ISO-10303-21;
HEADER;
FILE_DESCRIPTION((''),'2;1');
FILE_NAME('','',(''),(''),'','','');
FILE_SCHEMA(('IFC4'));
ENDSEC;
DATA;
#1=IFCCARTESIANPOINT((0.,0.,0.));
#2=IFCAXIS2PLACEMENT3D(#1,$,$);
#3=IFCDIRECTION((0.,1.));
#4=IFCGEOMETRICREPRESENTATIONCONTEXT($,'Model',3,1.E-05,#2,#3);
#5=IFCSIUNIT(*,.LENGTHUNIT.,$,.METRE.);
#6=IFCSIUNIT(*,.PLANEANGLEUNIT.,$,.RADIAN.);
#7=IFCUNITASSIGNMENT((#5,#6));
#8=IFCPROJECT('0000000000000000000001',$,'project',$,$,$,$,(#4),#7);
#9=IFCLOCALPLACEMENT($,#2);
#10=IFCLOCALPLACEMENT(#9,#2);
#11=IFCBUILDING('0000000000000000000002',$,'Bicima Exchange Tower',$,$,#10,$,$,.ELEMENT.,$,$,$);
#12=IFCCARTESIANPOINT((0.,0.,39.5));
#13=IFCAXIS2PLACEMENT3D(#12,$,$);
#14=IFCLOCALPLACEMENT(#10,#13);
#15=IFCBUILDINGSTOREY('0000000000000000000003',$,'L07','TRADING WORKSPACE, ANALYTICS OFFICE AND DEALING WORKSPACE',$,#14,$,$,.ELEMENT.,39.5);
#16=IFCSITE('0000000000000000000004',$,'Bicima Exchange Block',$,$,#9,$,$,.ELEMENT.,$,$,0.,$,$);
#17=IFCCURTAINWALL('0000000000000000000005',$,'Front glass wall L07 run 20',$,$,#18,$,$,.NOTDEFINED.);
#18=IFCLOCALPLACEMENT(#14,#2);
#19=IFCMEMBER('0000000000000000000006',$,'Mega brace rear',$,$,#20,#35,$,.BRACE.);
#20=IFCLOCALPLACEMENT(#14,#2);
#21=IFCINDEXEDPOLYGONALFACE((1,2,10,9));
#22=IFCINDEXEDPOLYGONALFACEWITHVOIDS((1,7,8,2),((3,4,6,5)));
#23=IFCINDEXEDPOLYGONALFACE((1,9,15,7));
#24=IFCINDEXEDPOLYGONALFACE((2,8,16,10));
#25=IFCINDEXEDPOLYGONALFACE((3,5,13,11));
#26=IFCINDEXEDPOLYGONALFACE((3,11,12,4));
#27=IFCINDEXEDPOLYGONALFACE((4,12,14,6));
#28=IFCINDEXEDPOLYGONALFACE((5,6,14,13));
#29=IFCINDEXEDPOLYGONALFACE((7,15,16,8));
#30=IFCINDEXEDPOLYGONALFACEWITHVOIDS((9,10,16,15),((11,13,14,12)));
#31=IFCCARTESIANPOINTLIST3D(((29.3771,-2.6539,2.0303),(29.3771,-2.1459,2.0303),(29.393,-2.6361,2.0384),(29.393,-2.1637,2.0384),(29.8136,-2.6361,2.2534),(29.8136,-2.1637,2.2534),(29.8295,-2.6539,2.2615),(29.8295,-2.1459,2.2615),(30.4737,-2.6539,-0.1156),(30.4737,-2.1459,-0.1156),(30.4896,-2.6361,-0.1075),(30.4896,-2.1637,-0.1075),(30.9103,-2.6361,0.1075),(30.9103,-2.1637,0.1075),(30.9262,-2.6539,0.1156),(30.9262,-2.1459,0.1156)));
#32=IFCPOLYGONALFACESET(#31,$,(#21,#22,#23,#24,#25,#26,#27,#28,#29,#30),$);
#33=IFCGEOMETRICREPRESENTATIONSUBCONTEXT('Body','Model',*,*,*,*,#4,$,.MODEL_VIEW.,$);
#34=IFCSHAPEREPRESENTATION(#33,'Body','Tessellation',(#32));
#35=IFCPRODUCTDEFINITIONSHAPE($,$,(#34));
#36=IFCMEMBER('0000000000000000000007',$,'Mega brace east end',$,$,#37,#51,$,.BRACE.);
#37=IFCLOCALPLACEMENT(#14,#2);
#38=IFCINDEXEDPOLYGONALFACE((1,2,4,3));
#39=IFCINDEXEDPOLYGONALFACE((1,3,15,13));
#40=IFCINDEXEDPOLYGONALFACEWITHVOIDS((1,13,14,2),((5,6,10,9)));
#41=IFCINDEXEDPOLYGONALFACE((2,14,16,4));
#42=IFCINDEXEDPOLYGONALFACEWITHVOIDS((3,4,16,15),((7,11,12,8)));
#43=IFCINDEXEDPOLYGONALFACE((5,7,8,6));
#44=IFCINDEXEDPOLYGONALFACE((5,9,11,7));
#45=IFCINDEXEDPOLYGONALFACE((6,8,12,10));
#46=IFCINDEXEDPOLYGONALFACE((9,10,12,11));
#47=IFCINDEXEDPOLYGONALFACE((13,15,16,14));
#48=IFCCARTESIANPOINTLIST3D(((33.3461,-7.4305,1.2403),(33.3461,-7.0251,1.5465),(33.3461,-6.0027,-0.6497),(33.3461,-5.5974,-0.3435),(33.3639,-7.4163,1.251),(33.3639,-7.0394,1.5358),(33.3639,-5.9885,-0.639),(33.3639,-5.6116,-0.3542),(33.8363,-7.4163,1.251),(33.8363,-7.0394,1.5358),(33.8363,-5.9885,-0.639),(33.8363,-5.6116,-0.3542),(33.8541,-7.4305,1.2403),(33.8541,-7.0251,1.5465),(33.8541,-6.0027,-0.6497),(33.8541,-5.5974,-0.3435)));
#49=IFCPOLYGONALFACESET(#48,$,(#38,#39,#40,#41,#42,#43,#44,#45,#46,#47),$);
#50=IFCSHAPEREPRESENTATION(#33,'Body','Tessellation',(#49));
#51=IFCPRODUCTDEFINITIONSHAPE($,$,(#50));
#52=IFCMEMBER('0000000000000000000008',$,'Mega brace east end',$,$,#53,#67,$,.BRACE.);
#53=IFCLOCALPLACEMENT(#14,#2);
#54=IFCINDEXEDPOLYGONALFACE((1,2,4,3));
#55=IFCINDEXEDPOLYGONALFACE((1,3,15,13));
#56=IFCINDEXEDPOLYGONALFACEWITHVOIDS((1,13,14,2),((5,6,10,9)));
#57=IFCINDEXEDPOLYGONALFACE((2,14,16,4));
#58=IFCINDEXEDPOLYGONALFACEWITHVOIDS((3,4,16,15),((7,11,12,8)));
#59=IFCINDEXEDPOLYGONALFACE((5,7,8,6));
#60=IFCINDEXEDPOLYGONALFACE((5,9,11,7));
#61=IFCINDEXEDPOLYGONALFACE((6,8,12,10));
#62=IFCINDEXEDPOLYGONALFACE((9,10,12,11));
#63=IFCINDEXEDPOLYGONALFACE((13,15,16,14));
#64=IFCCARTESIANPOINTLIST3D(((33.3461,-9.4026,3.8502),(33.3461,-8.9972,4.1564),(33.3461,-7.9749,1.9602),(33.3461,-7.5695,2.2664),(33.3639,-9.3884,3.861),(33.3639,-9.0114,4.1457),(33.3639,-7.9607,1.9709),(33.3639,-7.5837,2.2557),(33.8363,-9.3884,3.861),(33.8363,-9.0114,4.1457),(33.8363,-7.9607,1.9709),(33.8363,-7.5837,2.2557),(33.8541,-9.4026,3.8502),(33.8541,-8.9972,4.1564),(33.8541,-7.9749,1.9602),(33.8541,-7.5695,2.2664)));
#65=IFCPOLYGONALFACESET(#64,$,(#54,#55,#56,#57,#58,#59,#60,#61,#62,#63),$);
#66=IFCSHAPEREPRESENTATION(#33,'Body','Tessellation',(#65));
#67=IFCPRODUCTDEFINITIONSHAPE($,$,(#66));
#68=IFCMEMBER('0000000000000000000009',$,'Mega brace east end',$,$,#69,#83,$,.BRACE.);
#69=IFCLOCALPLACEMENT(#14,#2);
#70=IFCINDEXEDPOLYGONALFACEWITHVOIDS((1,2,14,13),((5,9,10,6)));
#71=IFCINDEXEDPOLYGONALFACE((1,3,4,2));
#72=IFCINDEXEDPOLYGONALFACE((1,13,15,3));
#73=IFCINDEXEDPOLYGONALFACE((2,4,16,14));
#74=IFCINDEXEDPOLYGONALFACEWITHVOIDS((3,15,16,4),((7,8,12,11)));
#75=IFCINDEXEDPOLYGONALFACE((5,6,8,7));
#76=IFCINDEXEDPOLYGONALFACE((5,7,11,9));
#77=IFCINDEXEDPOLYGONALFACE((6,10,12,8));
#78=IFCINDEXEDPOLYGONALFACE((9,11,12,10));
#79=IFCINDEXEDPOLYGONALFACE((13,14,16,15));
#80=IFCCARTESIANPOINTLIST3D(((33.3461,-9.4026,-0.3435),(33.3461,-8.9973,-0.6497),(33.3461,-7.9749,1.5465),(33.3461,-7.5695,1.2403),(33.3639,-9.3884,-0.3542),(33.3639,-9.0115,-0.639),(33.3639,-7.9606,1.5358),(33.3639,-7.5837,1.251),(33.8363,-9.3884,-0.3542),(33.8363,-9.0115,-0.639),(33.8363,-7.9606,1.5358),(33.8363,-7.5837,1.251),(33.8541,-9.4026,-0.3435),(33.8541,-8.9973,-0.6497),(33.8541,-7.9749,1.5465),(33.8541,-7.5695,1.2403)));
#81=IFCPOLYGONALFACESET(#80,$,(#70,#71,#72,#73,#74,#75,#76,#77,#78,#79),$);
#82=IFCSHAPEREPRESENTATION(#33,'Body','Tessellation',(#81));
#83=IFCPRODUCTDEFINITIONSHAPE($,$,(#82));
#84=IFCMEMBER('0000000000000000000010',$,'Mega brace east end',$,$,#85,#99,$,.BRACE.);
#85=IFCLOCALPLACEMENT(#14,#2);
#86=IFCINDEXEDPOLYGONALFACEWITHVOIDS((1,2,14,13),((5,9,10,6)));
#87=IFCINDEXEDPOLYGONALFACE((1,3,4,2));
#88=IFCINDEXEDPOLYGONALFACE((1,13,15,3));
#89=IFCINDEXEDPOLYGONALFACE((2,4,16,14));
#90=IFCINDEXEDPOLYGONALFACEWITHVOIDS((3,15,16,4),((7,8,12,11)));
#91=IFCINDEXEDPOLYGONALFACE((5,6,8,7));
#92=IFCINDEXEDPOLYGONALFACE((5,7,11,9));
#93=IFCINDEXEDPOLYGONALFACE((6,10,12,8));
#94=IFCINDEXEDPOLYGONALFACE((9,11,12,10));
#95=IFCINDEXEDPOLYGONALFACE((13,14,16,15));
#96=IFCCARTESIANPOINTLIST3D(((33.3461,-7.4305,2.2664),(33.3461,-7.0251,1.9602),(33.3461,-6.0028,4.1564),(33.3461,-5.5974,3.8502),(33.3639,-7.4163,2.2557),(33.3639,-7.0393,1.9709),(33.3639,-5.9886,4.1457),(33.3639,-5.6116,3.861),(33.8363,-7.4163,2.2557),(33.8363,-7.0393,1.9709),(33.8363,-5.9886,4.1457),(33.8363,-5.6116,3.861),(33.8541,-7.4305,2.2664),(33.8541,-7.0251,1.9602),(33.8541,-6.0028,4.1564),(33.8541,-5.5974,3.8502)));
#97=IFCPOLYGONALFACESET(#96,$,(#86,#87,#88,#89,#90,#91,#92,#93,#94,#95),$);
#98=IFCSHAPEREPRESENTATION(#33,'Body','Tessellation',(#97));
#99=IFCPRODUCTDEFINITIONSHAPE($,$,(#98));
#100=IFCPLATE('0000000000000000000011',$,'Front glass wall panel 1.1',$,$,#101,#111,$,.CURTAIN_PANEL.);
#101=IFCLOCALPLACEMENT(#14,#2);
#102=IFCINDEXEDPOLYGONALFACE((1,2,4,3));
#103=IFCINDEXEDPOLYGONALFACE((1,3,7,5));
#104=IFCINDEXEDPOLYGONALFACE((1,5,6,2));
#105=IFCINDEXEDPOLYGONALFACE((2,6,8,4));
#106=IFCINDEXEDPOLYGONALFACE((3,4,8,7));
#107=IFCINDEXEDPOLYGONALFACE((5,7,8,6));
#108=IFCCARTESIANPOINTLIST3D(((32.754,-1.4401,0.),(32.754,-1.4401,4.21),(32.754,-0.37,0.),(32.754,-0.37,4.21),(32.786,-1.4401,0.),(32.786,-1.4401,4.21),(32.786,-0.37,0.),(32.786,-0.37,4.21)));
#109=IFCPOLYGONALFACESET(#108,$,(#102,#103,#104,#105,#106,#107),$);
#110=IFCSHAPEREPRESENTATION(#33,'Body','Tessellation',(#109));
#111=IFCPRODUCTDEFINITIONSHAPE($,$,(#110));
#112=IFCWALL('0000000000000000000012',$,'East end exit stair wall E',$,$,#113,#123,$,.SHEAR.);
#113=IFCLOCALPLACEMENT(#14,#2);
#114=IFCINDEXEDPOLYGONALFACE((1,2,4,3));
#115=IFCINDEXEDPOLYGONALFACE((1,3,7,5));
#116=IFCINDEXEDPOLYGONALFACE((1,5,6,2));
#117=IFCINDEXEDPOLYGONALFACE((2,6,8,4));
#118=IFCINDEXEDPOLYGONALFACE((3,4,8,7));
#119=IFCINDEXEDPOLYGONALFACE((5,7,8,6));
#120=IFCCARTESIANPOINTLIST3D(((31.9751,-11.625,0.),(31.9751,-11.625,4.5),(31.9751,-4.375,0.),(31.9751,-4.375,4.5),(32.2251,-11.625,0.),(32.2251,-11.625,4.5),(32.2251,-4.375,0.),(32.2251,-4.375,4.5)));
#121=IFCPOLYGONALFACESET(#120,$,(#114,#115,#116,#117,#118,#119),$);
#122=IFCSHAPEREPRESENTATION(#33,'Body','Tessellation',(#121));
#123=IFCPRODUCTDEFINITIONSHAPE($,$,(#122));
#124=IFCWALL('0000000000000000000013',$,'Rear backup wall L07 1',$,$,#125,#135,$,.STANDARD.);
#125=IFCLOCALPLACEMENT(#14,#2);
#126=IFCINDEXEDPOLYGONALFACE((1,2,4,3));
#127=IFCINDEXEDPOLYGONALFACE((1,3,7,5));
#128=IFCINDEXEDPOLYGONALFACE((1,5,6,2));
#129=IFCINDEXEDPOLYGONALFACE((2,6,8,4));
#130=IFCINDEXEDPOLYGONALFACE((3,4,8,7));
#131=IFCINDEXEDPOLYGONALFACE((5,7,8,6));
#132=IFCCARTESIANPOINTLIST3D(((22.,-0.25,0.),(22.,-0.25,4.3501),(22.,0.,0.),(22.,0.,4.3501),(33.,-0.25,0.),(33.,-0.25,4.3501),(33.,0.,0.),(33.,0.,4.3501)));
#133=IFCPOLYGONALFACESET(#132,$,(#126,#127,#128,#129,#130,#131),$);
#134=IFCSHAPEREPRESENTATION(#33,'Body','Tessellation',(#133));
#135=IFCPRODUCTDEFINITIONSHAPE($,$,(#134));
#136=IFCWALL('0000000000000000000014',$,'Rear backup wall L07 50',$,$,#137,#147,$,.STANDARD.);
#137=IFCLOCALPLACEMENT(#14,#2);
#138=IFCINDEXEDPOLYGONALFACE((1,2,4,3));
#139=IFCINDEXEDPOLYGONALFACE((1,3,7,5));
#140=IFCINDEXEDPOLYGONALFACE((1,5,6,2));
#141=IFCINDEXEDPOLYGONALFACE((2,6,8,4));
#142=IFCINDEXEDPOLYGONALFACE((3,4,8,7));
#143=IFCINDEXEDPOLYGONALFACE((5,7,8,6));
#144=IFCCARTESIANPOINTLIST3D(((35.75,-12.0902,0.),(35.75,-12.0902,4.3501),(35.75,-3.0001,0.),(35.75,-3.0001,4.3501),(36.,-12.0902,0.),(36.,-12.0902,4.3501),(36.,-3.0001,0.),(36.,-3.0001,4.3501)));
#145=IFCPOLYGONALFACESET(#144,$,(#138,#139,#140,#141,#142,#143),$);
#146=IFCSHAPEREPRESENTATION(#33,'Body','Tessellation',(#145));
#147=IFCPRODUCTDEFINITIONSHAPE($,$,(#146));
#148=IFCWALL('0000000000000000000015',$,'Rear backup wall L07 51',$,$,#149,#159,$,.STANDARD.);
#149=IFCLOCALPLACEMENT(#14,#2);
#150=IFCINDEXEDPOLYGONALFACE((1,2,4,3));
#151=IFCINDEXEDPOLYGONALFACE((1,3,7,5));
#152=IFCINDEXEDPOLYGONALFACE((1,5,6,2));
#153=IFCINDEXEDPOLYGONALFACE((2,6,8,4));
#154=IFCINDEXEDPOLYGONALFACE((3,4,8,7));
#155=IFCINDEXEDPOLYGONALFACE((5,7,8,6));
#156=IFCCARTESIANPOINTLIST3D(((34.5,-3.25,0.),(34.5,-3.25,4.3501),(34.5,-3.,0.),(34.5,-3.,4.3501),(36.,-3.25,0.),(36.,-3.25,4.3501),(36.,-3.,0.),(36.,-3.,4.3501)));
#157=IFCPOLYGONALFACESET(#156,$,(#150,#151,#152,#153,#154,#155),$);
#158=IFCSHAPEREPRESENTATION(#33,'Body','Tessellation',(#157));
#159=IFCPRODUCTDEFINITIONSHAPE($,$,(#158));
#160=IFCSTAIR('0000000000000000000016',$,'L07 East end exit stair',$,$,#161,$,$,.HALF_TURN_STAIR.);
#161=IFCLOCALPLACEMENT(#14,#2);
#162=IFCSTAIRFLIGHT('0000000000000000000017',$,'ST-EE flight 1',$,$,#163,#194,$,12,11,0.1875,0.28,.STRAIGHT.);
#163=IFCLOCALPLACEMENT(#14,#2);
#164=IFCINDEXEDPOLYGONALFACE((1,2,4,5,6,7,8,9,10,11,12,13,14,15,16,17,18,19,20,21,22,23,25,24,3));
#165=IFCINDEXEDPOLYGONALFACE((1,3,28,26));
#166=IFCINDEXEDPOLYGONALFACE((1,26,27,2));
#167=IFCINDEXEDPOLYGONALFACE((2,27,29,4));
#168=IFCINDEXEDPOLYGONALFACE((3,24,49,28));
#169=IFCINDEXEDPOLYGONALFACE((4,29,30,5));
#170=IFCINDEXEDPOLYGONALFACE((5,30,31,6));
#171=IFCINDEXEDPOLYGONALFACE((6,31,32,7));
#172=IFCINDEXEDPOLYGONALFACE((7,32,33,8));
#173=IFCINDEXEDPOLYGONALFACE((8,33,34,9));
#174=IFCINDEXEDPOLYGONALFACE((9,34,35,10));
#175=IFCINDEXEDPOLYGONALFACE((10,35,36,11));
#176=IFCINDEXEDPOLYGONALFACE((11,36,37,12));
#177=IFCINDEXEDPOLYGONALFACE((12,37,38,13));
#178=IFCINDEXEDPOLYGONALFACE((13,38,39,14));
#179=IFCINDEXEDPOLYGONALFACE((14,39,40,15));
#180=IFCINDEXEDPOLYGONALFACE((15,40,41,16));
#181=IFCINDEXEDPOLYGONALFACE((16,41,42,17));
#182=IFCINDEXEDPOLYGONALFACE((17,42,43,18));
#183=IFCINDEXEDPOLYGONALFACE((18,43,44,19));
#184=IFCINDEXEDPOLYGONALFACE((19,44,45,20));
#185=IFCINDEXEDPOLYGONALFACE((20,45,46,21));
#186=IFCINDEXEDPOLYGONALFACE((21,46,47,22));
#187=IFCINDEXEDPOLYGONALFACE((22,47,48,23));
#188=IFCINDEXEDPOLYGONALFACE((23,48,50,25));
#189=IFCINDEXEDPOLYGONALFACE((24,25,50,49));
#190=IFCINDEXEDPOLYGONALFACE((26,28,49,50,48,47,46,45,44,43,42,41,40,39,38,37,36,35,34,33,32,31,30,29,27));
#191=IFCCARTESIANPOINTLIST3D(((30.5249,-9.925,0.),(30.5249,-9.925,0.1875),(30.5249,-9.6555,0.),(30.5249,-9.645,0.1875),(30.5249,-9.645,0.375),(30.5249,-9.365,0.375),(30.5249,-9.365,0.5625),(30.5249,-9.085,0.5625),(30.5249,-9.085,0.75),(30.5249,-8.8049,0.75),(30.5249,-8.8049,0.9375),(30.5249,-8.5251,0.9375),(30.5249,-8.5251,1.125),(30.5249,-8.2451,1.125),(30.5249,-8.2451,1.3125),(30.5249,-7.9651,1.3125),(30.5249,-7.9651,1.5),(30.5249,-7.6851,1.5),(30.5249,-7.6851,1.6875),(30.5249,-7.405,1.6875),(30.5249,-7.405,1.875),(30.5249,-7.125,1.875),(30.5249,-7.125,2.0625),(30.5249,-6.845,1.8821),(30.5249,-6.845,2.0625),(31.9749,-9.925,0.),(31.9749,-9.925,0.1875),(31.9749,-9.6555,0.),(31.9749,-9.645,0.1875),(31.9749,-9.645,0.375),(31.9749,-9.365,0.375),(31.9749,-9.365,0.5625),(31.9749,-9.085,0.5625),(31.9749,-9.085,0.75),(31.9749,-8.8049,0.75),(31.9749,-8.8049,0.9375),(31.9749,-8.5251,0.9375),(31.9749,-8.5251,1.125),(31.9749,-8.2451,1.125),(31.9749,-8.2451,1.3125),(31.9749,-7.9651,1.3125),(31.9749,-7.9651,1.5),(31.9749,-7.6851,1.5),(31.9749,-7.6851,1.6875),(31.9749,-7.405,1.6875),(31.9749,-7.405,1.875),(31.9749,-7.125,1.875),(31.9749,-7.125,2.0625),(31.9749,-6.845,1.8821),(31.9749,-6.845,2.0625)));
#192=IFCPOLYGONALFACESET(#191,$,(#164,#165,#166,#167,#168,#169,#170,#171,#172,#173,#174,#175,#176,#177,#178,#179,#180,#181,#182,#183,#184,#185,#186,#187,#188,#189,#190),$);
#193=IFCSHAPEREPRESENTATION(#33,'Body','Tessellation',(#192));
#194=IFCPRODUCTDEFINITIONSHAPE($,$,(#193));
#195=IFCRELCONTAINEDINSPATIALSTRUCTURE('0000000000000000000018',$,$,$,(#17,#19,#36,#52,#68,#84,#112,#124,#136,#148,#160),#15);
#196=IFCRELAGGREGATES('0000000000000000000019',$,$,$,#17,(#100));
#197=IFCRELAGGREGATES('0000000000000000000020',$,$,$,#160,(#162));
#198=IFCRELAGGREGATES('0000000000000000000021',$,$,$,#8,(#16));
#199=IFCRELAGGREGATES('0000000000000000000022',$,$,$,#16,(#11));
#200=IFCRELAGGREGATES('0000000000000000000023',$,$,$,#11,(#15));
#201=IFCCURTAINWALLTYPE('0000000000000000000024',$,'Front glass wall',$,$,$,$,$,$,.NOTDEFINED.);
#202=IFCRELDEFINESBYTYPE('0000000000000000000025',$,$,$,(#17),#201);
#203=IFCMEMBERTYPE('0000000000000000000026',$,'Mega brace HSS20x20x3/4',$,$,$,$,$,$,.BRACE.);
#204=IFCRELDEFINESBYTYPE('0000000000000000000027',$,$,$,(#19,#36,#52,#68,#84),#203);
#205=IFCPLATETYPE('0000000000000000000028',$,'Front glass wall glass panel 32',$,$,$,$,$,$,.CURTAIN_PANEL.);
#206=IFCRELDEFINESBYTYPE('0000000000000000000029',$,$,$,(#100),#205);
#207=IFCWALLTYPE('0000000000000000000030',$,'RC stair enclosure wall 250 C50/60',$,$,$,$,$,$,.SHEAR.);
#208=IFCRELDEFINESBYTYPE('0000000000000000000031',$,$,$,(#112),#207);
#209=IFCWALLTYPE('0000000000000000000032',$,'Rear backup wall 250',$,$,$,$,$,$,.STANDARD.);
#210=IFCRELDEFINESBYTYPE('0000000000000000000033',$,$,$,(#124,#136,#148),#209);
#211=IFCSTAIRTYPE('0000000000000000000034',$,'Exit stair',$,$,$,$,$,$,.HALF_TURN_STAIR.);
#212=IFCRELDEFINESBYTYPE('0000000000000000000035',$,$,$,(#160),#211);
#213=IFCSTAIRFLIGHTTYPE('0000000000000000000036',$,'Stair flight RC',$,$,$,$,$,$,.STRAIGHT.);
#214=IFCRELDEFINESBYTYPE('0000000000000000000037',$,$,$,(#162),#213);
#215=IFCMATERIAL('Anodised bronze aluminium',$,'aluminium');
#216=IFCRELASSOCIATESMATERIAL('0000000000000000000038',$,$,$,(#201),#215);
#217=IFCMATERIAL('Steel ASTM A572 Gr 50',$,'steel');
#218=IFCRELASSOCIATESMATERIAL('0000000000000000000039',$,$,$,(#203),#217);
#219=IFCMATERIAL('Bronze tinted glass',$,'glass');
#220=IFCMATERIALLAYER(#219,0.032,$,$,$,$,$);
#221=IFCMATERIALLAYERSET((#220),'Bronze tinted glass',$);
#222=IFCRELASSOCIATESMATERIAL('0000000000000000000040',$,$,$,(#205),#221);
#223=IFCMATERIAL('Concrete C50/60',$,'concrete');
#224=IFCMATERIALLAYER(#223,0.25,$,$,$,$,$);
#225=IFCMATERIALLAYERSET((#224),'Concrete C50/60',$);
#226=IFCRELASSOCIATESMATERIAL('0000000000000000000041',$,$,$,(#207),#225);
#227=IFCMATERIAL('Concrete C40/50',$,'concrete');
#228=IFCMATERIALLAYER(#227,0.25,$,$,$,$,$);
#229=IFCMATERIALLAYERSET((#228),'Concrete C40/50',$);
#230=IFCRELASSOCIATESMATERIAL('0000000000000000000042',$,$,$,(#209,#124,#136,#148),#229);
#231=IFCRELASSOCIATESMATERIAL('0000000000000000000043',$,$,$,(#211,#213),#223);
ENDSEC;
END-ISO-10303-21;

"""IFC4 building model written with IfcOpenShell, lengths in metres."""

from ifc_helpers import new_model, si_unit, direction, frame, frame_2d, origin, origin_2d, place, context, subcontext, project, spatial, polyline, rectangle, hollow_rectangle, outline, extrude, material, layer, layer_set, layer_usage, material_profile, profile_set, type_object, element, aggregate, save


model = new_model("IFC4")

# Units and contexts
model_context = context("Model", 3, precision=1e-05, world=origin(), true_north=direction((0.0, 1.0)))
body_context = subcontext(model_context, "Body", "Model", "MODEL_VIEW")
ifc_project = project(units=[si_unit("LENGTHUNIT", "METRE"), si_unit("PLANEANGLEUNIT", "RADIAN")], contexts=[model_context])

# Site, building, storey
site_placement = place(None, origin())
site = spatial("IfcSite", under=ifc_project, at=site_placement, Name="Bicima Exchange Block", CompositionType="ELEMENT", RefElevation=0.0)
building_placement = place(site_placement, origin())
building = spatial("IfcBuilding", under=site, at=building_placement, Name="Bicima Exchange Tower", CompositionType="ELEMENT")
storey_placement = place(building_placement, frame((0.0, 0.0, 39.5)))
storey = spatial("IfcBuildingStorey", under=building, at=storey_placement, Name="L07", Description="TRADING WORKSPACE, ANALYTICS OFFICE AND DEALING WORKSPACE", CompositionType="ELEMENT", Elevation=39.5)

# Shared definitions
ifc_material_1 = material(Name="Steel ASTM A572 Gr 50", Category="steel")

# Shared definitions
ifc_material_2 = material(Name="Anodised bronze aluminium", Category="aluminium")

# Curtain wall
curtain_wall_type_1 = type_object("IfcCurtainWallType", Name="Front glass wall", PredefinedType="NOTDEFINED", material=ifc_material_2)
curtain_wall_1_placement = place(storey_placement, origin())
curtain_wall_1 = element("IfcCurtainWall", 1, at=curtain_wall_1_placement, inside=storey, type_object=curtain_wall_type_1, Name="Front glass wall L07 run 20", PredefinedType="NOTDEFINED")

# Members
ifc_material_profile_1 = material_profile(ifc_material_1, hollow_rectangle(XDim=0.5081, YDim=0.5081, WallThickness=0.0178, at=origin_2d()))
ifc_profile_set_1 = profile_set([ifc_material_profile_1], Name="Steel ASTM A572 Gr 50")
member_type_1 = type_object("IfcMemberType", Name="Mega brace HSS20x20x3/4", PredefinedType="BRACE", material=ifc_profile_set_1)
member_1_placement = place(storey_placement, frame((30.7, -2.3999, 0.0), z_axis=(-0.455058, 0.0, 0.890462), x_axis=(0.0, -1.0, 0.0)))
element("IfcMember", 2, at=member_1_placement, inside=storey, type_object=member_type_1, Name="Mega brace rear", PredefinedType="BRACE", context=body_context, shape_type="SweptSolid", body=[
    extrude(hollow_rectangle(XDim=0.5081, YDim=0.5081, WallThickness=0.0178, at=origin_2d()), origin(), (0.0, 0.0, 1.0), 2.4099),
])
for number, where, z_axis, x_axis, name in (
    (3, (33.6001, -5.8, -0.4966), (0.0, -0.602784, 0.797905), (1.0, 0.0, 0.0), "Mega brace east end"),
    (4, (33.6001, -7.7722, 2.1133), (0.0, -0.602734, 0.797942), (1.0, 0.0, 0.0), "Mega brace east end"),
    (5, (33.6001, -9.2, -0.4966), (0.0, 0.602784, 0.797905), (-1.0, 0.0, 0.0), "Mega brace east end"),
    (6, (33.6001, -7.2278, 2.1133), (0.0, 0.602734, 0.797942), (-1.0, 0.0, 0.0), "Mega brace east end"),
):
    element("IfcMember", number, at=place(storey_placement, frame(where, z_axis=z_axis, x_axis=x_axis)), inside=storey, type_object=member_type_1, Name=name, PredefinedType="BRACE", context=body_context, shape_type="SweptSolid", body=[
        extrude(hollow_rectangle(XDim=0.5081, YDim=0.5081, WallThickness=0.0178, at=origin_2d()), origin(), (0.0, 0.0, 1.0), 2.3687),
    ])

# Plate
ifc_material_3 = material(Name="Bronze tinted glass", Category="glass")
ifc_layer_1 = layer(ifc_material_3, 0.032)
ifc_layer_set_1 = layer_set([ifc_layer_1], Name="Bronze tinted glass")
plate_type = type_object("IfcPlateType", Name="Front glass wall glass panel 32", PredefinedType="CURTAIN_PANEL", material=ifc_layer_set_1)
plate_placement = place(storey_placement, frame((32.77, -0.905, 0.0), z_axis=(0.0, 0.0, 1.0), x_axis=(0.0, 1.0, 0.0)))
plate = element("IfcPlate", 7, at=plate_placement, type_object=plate_type, Name="Front glass wall panel 1.1", PredefinedType="CURTAIN_PANEL", context=body_context, shape_type="SweptSolid", body=[
    extrude(rectangle(XDim=1.0701, YDim=0.032, at=origin_2d()), origin(), (0.0, 0.0, 1.0), 4.21),
])
aggregate(curtain_wall_1, [plate])

# Walls
ifc_material_4 = material(Name="Concrete C50/60", Category="concrete")
ifc_layer_2 = layer(ifc_material_4, 0.25)
ifc_layer_set_2 = layer_set([ifc_layer_2], Name="Concrete C50/60")
wall_type_1 = type_object("IfcWallType", Name="RC stair enclosure wall 250 C50/60", PredefinedType="SHEAR", material=ifc_layer_set_2)
wall_1_placement = place(storey_placement, frame((32.1001, -11.625, 0.0), z_axis=(0.0, 0.0, 1.0), x_axis=(0.0, 1.0, 0.0)))
element("IfcWall", 8, at=wall_1_placement, inside=storey, type_object=wall_type_1, Name="East end exit stair wall E", PredefinedType="SHEAR", context=body_context, shape_type="SweptSolid", body=[
    extrude(rectangle(XDim=7.25, YDim=0.25, at=frame_2d((3.625, 0.0))), origin(), (0.0, 0.0, 1.0), 4.5),
])
ifc_material_5 = material(Name="Concrete C40/50", Category="concrete")
ifc_layer_3 = layer(ifc_material_5, 0.25)
ifc_layer_set_3 = layer_set([ifc_layer_3], Name="Concrete C40/50")
ifc_layer_usage = layer_usage(ifc_layer_set_3, "AXIS2", "POSITIVE", -0.125)
wall_type_2 = type_object("IfcWallType", Name="Rear backup wall 250", PredefinedType="STANDARD", material=ifc_layer_set_3)
wall_2_placement = place(storey_placement, frame((33.0, -0.125, 0.0), z_axis=(0.0, 0.0, 1.0), x_axis=(-1.0, 0.0, 0.0)))
element("IfcWall", 9, at=wall_2_placement, inside=storey, type_object=wall_type_2, material=ifc_layer_usage, Name="Rear backup wall L07 1", PredefinedType="STANDARD", context=body_context, shape_type="SweptSolid", body=[
    extrude(rectangle(XDim=11.0, YDim=0.25, at=frame_2d((5.5, 0.0))), origin(), (0.0, 0.0, 1.0), 4.3501),
])
wall_3_placement = place(storey_placement, frame((35.875, -12.0901, 0.0), z_axis=(0.0, 0.0, 1.0), x_axis=(0.0, 1.0, 0.0)))
element("IfcWall", 10, at=wall_3_placement, inside=storey, type_object=wall_type_2, material=ifc_layer_usage, Name="Rear backup wall L07 50", PredefinedType="STANDARD", context=body_context, shape_type="SweptSolid", body=[
    extrude(rectangle(XDim=9.0901, YDim=0.25, at=frame_2d((4.5449, 0.0))), origin(), (0.0, 0.0, 1.0), 4.3501),
])
wall_4_placement = place(storey_placement, frame((36.0, -3.125, 0.0), z_axis=(0.0, 0.0, 1.0), x_axis=(-1.0, 0.0, 0.0)))
element("IfcWall", 11, at=wall_4_placement, inside=storey, type_object=wall_type_2, material=ifc_layer_usage, Name="Rear backup wall L07 51", PredefinedType="STANDARD", context=body_context, shape_type="SweptSolid", body=[
    extrude(rectangle(XDim=1.5, YDim=0.25, at=frame_2d((0.75, 0.0))), origin(), (0.0, 0.0, 1.0), 4.3501),
])

# Stair, stair flight
stair_type = type_object("IfcStairType", Name="Exit stair", PredefinedType="HALF_TURN_STAIR", material=ifc_material_4)
stair_placement = place(storey_placement, origin())
stair = element("IfcStair", 12, at=stair_placement, inside=storey, type_object=stair_type, Name="L07 East end exit stair", PredefinedType="HALF_TURN_STAIR")
stair_flight_type = type_object("IfcStairFlightType", Name="Stair flight RC", PredefinedType="STRAIGHT", material=ifc_material_4)
stair_flight_1_placement = place(storey_placement, frame((31.25, -9.925, 0.0), z_axis=(0.0, 0.0, 1.0), x_axis=(0.0, 1.0, 0.0)))
stair_flight_1 = element("IfcStairFlight", 13, at=stair_flight_1_placement, type_object=stair_flight_type, Name="ST-EE flight 1", NumberOfRisers=12, NumberOfTreads=11, PredefinedType="STRAIGHT", RiserHeight=0.1875, TreadLength=0.28, context=body_context, shape_type="SweptSolid", body=[
    extrude(outline(polyline([(0.0, 0.0), (0.0, 0.1875), (0.28, 0.1875), (0.28, 0.375), (0.5601, 0.375), (0.5601, 0.5625), (0.8401, 0.5625), (0.8401, 0.75), (1.1201, 0.75), (1.1201, 0.9375), (1.3999, 0.9375), (1.3999, 1.125), (1.6799, 1.125), (1.6799, 1.3125), (1.96, 1.3125), (1.96, 1.5), (2.24, 1.5), (2.24, 1.6875), (2.52, 1.6875), (2.52, 1.875), (2.8, 1.875), (2.8, 2.0625), (3.0801, 2.0625), (3.0801, 2.25), (3.0801, 1.8821), (0.2695, 0.0), (0.0, 0.0)])), frame((0.0, 0.7251, 0.0), z_axis=(0.0, -1.0, 0.0), x_axis=(1.0, 0.0, 0.0)), (0.0, 0.0, 1.0), 1.45),
])
aggregate(stair, [stair_flight_1])

save(model, "model.ifc")
